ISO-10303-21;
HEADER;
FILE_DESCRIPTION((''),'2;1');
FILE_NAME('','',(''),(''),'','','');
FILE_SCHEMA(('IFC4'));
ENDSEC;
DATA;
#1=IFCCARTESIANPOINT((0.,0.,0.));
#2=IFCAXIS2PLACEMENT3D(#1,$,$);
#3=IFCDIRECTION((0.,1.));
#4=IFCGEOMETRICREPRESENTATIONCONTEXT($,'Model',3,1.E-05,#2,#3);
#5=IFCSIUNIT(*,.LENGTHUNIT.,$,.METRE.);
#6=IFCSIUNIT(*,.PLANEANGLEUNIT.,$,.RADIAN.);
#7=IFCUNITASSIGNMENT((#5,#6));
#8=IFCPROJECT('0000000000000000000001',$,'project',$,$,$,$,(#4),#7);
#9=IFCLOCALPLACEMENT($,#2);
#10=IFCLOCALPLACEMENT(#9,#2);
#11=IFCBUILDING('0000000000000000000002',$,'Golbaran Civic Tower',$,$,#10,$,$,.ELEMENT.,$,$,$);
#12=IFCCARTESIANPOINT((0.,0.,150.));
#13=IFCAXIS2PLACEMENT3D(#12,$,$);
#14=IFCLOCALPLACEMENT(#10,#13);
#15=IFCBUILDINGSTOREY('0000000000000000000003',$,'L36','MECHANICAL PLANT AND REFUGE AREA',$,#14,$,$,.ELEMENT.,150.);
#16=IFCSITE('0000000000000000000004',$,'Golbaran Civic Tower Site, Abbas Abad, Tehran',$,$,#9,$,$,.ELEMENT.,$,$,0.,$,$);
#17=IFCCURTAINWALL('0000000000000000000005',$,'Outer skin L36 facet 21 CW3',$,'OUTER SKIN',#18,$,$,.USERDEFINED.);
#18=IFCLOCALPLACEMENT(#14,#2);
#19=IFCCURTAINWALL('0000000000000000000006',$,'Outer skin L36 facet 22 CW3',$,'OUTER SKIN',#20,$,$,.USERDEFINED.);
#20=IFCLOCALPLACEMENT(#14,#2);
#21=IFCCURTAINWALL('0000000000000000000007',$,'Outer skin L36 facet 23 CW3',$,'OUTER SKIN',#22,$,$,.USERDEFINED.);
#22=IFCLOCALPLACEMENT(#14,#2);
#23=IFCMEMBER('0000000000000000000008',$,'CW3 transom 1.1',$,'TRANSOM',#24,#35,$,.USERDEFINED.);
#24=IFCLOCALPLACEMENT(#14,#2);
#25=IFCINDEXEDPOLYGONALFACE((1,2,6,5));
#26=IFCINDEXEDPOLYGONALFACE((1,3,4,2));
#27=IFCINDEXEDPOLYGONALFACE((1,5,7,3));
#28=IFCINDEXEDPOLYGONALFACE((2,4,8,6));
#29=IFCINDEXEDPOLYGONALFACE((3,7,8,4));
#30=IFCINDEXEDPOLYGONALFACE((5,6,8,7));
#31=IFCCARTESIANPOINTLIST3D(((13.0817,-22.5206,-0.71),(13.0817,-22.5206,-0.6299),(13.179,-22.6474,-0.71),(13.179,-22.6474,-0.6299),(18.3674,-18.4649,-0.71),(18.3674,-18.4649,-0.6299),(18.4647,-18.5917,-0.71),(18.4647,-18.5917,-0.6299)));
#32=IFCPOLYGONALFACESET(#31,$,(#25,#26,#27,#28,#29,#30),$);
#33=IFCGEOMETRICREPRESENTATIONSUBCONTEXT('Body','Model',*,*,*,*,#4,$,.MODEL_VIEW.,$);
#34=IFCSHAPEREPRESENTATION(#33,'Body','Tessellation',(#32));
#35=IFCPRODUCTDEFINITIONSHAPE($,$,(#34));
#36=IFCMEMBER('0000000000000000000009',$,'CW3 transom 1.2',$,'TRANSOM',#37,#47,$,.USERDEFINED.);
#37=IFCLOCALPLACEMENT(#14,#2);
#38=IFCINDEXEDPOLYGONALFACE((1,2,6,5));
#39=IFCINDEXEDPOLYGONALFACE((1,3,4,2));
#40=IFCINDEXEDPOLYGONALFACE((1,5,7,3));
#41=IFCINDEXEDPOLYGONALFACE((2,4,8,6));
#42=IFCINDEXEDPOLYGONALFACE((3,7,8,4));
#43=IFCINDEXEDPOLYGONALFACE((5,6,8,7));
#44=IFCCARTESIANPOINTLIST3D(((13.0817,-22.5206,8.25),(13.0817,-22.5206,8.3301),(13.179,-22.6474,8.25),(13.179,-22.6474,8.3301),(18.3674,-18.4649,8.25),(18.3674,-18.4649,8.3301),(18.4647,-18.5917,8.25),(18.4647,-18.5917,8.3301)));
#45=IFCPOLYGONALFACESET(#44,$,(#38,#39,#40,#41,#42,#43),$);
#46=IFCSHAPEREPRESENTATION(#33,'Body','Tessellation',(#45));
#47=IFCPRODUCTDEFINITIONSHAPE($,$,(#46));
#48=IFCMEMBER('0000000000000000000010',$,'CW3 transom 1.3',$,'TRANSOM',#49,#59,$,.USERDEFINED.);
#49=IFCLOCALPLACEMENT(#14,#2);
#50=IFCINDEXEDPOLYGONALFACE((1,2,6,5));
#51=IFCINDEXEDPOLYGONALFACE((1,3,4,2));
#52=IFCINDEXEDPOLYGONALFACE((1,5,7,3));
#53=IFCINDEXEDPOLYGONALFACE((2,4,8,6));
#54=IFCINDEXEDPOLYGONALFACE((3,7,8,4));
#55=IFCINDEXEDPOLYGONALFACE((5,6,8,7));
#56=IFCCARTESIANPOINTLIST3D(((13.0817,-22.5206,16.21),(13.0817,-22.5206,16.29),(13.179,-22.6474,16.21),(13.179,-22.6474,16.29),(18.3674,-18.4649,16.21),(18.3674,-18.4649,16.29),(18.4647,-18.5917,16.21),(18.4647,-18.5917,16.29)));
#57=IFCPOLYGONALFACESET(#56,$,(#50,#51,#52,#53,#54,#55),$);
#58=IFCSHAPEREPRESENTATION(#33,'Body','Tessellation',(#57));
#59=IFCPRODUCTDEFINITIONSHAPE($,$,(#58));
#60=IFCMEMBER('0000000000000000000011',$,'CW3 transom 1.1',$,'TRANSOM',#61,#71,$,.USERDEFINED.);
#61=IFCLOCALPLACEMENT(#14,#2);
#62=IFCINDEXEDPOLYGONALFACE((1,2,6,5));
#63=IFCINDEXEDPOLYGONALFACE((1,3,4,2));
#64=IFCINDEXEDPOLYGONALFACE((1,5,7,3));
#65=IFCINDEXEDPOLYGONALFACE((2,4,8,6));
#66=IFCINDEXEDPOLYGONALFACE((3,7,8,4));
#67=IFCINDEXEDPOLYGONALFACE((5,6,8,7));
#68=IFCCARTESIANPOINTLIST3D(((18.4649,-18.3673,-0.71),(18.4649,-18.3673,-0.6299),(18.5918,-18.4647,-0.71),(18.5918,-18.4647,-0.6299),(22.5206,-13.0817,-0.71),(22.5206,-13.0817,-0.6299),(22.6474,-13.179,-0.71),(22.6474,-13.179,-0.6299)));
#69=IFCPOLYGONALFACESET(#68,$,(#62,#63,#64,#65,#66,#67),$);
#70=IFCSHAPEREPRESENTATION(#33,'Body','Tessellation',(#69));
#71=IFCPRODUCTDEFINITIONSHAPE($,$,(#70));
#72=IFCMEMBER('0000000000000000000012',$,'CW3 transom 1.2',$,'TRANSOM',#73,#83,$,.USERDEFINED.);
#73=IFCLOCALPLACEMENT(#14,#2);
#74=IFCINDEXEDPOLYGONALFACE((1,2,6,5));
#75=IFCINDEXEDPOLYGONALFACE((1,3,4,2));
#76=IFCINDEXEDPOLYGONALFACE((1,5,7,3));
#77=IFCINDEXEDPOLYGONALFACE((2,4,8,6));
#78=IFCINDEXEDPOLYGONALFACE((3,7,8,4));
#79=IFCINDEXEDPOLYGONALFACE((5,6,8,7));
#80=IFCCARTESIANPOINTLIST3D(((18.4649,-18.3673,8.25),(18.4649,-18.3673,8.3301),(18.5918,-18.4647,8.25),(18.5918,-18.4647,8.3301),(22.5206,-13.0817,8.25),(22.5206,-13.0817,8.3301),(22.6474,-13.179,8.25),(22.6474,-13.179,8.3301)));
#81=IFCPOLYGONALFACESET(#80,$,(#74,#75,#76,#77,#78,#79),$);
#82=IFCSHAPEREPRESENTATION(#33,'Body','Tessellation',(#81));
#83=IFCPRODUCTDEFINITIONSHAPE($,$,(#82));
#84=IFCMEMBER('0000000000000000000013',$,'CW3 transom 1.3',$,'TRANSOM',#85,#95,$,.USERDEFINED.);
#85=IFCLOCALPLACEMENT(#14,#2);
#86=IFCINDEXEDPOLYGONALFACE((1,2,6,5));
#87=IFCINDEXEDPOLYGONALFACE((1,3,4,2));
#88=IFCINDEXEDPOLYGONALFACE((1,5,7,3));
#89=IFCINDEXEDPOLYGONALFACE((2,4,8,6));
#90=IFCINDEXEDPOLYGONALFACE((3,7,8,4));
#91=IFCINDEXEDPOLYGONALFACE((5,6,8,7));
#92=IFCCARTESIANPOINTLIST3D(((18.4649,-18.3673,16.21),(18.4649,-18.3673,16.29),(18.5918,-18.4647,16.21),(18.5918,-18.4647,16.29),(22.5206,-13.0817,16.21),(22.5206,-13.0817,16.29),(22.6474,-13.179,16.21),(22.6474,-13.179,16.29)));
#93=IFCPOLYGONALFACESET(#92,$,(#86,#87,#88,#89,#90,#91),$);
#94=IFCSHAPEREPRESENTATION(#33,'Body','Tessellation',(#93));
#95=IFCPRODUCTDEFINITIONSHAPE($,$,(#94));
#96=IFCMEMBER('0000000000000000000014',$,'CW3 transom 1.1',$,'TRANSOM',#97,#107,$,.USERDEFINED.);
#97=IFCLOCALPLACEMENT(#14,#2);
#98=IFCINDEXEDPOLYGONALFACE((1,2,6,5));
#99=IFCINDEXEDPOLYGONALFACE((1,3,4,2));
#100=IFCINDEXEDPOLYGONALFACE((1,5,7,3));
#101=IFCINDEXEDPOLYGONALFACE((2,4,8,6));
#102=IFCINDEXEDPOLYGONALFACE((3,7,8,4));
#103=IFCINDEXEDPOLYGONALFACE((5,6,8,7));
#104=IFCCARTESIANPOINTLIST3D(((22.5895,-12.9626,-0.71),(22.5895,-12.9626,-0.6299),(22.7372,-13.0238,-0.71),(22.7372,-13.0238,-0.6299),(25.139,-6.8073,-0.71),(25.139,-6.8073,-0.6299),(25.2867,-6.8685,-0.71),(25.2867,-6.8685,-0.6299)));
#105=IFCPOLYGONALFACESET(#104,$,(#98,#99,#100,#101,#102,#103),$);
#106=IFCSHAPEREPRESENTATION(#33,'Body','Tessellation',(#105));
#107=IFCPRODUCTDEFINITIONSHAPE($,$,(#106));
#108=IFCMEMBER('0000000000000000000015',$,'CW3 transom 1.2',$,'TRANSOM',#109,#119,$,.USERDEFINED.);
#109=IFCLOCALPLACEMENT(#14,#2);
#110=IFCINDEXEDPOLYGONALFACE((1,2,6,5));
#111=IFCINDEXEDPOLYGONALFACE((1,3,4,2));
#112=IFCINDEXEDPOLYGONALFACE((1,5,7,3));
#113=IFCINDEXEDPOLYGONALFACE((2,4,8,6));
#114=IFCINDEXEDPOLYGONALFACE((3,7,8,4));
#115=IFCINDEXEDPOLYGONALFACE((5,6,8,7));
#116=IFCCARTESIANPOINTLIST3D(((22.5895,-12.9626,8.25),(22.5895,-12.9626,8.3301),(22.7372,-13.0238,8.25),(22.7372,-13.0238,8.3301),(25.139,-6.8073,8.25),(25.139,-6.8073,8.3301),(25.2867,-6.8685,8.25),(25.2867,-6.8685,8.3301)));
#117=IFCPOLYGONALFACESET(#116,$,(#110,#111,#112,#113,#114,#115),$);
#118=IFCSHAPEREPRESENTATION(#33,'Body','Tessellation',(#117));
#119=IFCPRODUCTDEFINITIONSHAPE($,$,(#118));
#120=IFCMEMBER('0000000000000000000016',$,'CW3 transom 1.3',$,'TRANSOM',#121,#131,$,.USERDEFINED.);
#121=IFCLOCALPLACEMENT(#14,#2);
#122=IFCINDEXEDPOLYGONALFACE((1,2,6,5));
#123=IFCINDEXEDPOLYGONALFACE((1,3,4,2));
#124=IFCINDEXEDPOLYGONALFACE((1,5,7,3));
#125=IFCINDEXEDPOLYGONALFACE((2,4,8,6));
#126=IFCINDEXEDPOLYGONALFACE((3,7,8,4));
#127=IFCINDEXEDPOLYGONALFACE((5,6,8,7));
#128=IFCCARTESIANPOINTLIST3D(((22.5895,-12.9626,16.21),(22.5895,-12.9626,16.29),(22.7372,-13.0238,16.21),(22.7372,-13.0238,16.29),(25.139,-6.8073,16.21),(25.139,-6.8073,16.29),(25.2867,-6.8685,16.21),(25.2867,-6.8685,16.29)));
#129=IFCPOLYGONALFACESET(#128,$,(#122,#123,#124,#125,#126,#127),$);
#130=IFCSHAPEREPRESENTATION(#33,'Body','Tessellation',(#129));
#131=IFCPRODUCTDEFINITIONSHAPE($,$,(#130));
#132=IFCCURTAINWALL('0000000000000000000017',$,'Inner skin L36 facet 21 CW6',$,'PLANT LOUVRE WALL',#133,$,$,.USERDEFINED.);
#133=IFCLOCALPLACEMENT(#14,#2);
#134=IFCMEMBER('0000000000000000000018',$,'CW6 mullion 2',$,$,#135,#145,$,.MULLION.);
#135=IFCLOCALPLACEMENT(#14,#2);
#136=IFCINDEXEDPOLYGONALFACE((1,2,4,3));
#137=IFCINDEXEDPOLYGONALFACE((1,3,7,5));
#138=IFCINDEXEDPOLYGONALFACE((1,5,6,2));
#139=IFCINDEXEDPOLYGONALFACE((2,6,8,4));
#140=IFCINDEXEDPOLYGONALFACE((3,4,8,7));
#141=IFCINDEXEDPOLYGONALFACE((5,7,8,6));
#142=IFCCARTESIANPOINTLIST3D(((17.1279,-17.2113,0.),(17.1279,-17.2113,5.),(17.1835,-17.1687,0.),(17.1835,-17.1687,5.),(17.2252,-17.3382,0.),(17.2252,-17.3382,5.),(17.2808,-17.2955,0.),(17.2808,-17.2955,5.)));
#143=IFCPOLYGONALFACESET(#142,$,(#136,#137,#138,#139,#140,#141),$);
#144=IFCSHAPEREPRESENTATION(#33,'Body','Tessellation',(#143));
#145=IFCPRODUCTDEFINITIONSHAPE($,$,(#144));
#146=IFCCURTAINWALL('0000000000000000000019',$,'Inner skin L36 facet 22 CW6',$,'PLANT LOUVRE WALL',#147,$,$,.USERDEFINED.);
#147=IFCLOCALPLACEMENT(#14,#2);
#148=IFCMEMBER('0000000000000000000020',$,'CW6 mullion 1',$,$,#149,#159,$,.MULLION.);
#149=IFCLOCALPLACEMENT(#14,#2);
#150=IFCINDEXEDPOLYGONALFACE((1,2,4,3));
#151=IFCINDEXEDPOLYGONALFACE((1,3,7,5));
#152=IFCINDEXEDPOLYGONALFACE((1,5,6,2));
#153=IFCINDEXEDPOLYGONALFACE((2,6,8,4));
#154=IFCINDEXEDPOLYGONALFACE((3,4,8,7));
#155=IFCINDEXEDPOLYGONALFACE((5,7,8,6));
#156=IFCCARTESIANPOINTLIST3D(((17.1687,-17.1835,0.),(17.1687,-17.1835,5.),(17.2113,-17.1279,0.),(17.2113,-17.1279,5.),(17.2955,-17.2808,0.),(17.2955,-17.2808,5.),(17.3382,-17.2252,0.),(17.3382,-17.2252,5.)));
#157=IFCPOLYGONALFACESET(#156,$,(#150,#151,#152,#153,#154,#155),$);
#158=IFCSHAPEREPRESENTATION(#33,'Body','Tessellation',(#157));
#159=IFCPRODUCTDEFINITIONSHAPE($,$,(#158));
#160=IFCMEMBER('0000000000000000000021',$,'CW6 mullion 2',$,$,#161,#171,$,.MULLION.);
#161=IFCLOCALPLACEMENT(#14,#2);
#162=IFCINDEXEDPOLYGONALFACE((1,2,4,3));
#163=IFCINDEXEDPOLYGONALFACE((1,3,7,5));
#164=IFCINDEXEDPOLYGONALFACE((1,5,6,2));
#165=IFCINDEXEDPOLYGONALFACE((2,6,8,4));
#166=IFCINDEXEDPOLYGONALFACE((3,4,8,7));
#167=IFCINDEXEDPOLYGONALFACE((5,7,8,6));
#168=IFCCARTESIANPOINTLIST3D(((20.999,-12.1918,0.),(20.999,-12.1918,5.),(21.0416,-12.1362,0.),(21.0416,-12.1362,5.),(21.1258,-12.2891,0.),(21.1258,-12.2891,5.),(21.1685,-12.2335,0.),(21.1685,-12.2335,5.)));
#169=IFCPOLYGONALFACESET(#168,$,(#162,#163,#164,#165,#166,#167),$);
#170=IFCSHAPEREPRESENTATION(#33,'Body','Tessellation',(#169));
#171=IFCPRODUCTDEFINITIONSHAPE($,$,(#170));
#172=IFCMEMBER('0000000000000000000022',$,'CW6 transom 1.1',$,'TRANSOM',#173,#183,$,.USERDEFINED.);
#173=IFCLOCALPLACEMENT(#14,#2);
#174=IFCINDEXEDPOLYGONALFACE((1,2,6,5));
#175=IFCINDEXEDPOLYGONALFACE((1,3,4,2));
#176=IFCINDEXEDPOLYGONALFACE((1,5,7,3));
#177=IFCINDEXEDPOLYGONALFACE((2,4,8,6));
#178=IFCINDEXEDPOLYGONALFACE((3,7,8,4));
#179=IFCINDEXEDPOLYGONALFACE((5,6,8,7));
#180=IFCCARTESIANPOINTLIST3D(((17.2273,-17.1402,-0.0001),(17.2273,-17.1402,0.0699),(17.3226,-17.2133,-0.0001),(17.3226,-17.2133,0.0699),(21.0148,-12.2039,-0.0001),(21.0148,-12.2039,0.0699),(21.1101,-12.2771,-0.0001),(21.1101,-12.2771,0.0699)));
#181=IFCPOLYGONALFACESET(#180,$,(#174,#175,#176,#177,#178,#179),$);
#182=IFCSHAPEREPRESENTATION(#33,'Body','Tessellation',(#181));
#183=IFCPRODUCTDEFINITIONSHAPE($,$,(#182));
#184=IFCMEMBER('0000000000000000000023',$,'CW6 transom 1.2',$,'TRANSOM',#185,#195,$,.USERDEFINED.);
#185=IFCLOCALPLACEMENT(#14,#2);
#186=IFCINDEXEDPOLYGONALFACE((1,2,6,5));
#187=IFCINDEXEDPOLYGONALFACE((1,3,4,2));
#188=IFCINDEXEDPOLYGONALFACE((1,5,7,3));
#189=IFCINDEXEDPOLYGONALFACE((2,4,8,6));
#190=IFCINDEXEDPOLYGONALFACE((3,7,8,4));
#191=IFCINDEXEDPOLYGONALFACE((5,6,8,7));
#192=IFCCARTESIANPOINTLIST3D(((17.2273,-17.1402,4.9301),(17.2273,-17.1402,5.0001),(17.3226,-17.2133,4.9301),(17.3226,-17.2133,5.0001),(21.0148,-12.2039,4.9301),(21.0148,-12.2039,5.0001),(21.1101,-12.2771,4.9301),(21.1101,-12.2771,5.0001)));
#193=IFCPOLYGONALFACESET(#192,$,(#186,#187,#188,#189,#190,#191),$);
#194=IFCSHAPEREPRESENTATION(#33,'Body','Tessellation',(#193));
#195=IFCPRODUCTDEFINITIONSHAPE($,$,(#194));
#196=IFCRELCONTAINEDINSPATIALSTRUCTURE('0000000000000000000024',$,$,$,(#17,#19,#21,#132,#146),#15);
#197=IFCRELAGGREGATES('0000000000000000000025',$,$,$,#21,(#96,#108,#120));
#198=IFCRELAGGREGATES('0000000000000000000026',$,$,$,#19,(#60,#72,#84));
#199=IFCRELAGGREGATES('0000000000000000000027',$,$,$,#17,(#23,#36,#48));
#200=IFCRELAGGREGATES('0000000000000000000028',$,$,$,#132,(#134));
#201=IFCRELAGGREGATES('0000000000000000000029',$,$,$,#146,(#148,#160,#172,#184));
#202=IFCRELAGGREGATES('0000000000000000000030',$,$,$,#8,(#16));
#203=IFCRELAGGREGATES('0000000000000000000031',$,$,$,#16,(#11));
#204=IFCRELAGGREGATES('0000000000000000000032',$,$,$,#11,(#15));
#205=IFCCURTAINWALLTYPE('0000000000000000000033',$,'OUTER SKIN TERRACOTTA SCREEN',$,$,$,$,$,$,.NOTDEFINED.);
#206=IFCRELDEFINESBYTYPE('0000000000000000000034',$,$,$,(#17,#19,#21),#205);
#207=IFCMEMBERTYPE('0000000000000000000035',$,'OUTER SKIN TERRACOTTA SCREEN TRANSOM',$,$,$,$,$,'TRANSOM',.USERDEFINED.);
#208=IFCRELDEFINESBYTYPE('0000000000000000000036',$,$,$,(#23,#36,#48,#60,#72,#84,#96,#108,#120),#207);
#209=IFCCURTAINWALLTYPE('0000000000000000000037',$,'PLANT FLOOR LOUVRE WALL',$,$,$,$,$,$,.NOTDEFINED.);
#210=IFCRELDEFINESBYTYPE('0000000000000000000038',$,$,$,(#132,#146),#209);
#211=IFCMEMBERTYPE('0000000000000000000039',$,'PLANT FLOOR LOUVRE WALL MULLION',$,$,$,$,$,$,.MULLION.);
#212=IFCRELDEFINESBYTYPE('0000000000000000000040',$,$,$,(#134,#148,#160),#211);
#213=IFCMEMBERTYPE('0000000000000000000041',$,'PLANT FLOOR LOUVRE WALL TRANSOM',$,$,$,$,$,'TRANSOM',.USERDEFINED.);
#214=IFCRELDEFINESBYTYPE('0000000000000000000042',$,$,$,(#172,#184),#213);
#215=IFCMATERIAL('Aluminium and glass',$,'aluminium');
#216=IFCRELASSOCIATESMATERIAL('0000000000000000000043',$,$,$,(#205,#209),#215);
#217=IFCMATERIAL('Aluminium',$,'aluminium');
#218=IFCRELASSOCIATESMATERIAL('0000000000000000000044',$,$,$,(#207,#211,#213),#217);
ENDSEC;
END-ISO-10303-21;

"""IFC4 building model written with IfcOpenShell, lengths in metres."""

from ifc_helpers import new_model, si_unit, direction, frame, origin, origin_2d, place, context, subcontext, project, spatial, rectangle, extrude, material, material_profile, profile_set, type_object, element, aggregate, save


model = new_model("IFC4")

# Units and contexts
model_context = context("Model", 3, precision=1e-05, world=origin(), true_north=direction((0.0, 1.0)))
body_context = subcontext(model_context, "Body", "Model", "MODEL_VIEW")
ifc_project = project(units=[si_unit("LENGTHUNIT", "METRE"), si_unit("PLANEANGLEUNIT", "RADIAN")], contexts=[model_context])

# Site, building, storey
site_placement = place(None, origin())
site = spatial("IfcSite", under=ifc_project, at=site_placement, Name="Golbaran Civic Tower Site, Abbas Abad, Tehran", CompositionType="ELEMENT", RefElevation=0.0)
building_placement = place(site_placement, origin())
building = spatial("IfcBuilding", under=site, at=building_placement, Name="Golbaran Civic Tower", CompositionType="ELEMENT")
storey_placement = place(building_placement, frame((0.0, 0.0, 150.0)))
storey = spatial("IfcBuildingStorey", under=building, at=storey_placement, Name="L36", Description="MECHANICAL PLANT AND REFUGE AREA", CompositionType="ELEMENT", Elevation=150.0)

# Shared definitions
ifc_material_1 = material(Name="Aluminium and glass", Category="aluminium")
curtain_wall_type_1 = type_object("IfcCurtainWallType", Name="OUTER SKIN TERRACOTTA SCREEN", PredefinedType="NOTDEFINED", material=ifc_material_1)
ifc_material_2 = material(Name="Aluminium", Category="aluminium")

# Curtain walls
curtain_wall_1_placement = place(storey_placement, origin())
curtain_wall_1 = element("IfcCurtainWall", 1, at=curtain_wall_1_placement, inside=storey, type_object=curtain_wall_type_1, Name="Outer skin L36 facet 21 CW3", ObjectType="OUTER SKIN", PredefinedType="USERDEFINED")
curtain_wall_2_placement = place(storey_placement, origin())
curtain_wall_2 = element("IfcCurtainWall", 2, at=curtain_wall_2_placement, inside=storey, type_object=curtain_wall_type_1, Name="Outer skin L36 facet 22 CW3", ObjectType="OUTER SKIN", PredefinedType="USERDEFINED")

# Curtain wall
curtain_wall_3_placement = place(storey_placement, origin())
curtain_wall_3 = element("IfcCurtainWall", 3, at=curtain_wall_3_placement, inside=storey, type_object=curtain_wall_type_1, Name="Outer skin L36 facet 23 CW3", ObjectType="OUTER SKIN", PredefinedType="USERDEFINED")

# Members
ifc_material_profile_1 = material_profile(ifc_material_2, rectangle(XDim=0.1599, YDim=0.0801, at=origin_2d()), Name="OUTER SKIN TERRACOTTA SCREEN TRANSOM")
ifc_profile_set_1 = profile_set([ifc_material_profile_1], Name="Aluminium")
member_type_1 = type_object("IfcMemberType", Name="OUTER SKIN TERRACOTTA SCREEN TRANSOM", ElementType="TRANSOM", PredefinedType="USERDEFINED", material=ifc_profile_set_1)
member_1_placement = place(storey_placement, frame((13.1304, -22.584, -0.6699), z_axis=(0.793364, 0.608747, 0.0), x_axis=(-0.608747, 0.793364, 0.0)))
member_1 = element("IfcMember", 4, at=member_1_placement, type_object=member_type_1, Name="CW3 transom 1.1", ObjectType="TRANSOM", PredefinedType="USERDEFINED", context=body_context, shape_type="SweptSolid", body=[
    extrude(rectangle(XDim=0.1599, YDim=0.0801, at=origin_2d()), origin(), (0.0, 0.0, 1.0), 6.6624),
])
member_2_placement = place(storey_placement, frame((13.1304, -22.584, 8.29), z_axis=(0.793364, 0.608747, 0.0), x_axis=(-0.608747, 0.793364, 0.0)))
member_2 = element("IfcMember", 5, at=member_2_placement, type_object=member_type_1, Name="CW3 transom 1.2", ObjectType="TRANSOM", PredefinedType="USERDEFINED", context=body_context, shape_type="SweptSolid", body=[
    extrude(rectangle(XDim=0.1599, YDim=0.0801, at=origin_2d()), origin(), (0.0, 0.0, 1.0), 6.6624),
])
member_3_placement = place(storey_placement, frame((13.1304, -22.584, 16.25), z_axis=(0.793364, 0.608747, 0.0), x_axis=(-0.608747, 0.793364, 0.0)))
member_3 = element("IfcMember", 6, at=member_3_placement, type_object=member_type_1, Name="CW3 transom 1.3", ObjectType="TRANSOM", PredefinedType="USERDEFINED", context=body_context, shape_type="SweptSolid", body=[
    extrude(rectangle(XDim=0.1599, YDim=0.0801, at=origin_2d()), origin(), (0.0, 0.0, 1.0), 6.6624),
])
member_4_placement = place(storey_placement, frame((18.5283, -18.416, -0.6699), z_axis=(0.608747, 0.793364, 0.0), x_axis=(-0.793364, 0.608747, 0.0)))
member_4 = element("IfcMember", 7, at=member_4_placement, type_object=member_type_1, Name="CW3 transom 1.1", ObjectType="TRANSOM", PredefinedType="USERDEFINED", context=body_context, shape_type="SweptSolid", body=[
    extrude(rectangle(XDim=0.1599, YDim=0.0801, at=origin_2d()), origin(), (0.0, 0.0, 1.0), 6.6624),
])
member_5_placement = place(storey_placement, frame((18.5283, -18.416, 8.29), z_axis=(0.608747, 0.793364, 0.0), x_axis=(-0.793364, 0.608747, 0.0)))
member_5 = element("IfcMember", 8, at=member_5_placement, type_object=member_type_1, Name="CW3 transom 1.2", ObjectType="TRANSOM", PredefinedType="USERDEFINED", context=body_context, shape_type="SweptSolid", body=[
    extrude(rectangle(XDim=0.1599, YDim=0.0801, at=origin_2d()), origin(), (0.0, 0.0, 1.0), 6.6624),
])
member_6_placement = place(storey_placement, frame((18.5283, -18.416, 16.25), z_axis=(0.608747, 0.793364, 0.0), x_axis=(-0.793364, 0.608747, 0.0)))
member_6 = element("IfcMember", 9, at=member_6_placement, type_object=member_type_1, Name="CW3 transom 1.3", ObjectType="TRANSOM", PredefinedType="USERDEFINED", context=body_context, shape_type="SweptSolid", body=[
    extrude(rectangle(XDim=0.1599, YDim=0.0801, at=origin_2d()), origin(), (0.0, 0.0, 1.0), 6.6624),
])
member_7_placement = place(storey_placement, frame((22.6633, -12.9932, -0.6699), z_axis=(0.382679, 0.923882, 0.0), x_axis=(-0.923882, 0.382679, 0.0)))
member_7 = element("IfcMember", 10, at=member_7_placement, type_object=member_type_1, Name="CW3 transom 1.1", ObjectType="TRANSOM", PredefinedType="USERDEFINED", context=body_context, shape_type="SweptSolid", body=[
    extrude(rectangle(XDim=0.1599, YDim=0.0801, at=origin_2d()), origin(), (0.0, 0.0, 1.0), 6.6624),
])
member_8_placement = place(storey_placement, frame((22.6633, -12.9932, 8.29), z_axis=(0.382679, 0.923882, 0.0), x_axis=(-0.923882, 0.382679, 0.0)))
member_8 = element("IfcMember", 11, at=member_8_placement, type_object=member_type_1, Name="CW3 transom 1.2", ObjectType="TRANSOM", PredefinedType="USERDEFINED", context=body_context, shape_type="SweptSolid", body=[
    extrude(rectangle(XDim=0.1599, YDim=0.0801, at=origin_2d()), origin(), (0.0, 0.0, 1.0), 6.6624),
])
member_9_placement = place(storey_placement, frame((22.6633, -12.9932, 16.25), z_axis=(0.382679, 0.923882, 0.0), x_axis=(-0.923882, 0.382679, 0.0)))
member_9 = element("IfcMember", 12, at=member_9_placement, type_object=member_type_1, Name="CW3 transom 1.3", ObjectType="TRANSOM", PredefinedType="USERDEFINED", context=body_context, shape_type="SweptSolid", body=[
    extrude(rectangle(XDim=0.1599, YDim=0.0801, at=origin_2d()), origin(), (0.0, 0.0, 1.0), 6.6624),
])
aggregate(curtain_wall_3, [member_7, member_8, member_9])

# Curtain wall, member
curtain_wall_type_2 = type_object("IfcCurtainWallType", Name="PLANT FLOOR LOUVRE WALL", PredefinedType="NOTDEFINED", material=ifc_material_1)
curtain_wall_4_placement = place(storey_placement, origin())
curtain_wall_4 = element("IfcCurtainWall", 13, at=curtain_wall_4_placement, inside=storey, type_object=curtain_wall_type_2, Name="Inner skin L36 facet 21 CW6", ObjectType="PLANT LOUVRE WALL", PredefinedType="USERDEFINED")
ifc_material_profile_2 = material_profile(ifc_material_2, rectangle(XDim=0.1599, YDim=0.0701, at=origin_2d()), Name="PLANT FLOOR LOUVRE WALL MULLION")
ifc_profile_set_2 = profile_set([ifc_material_profile_2], Name="Aluminium")
member_type_2 = type_object("IfcMemberType", Name="PLANT FLOOR LOUVRE WALL MULLION", PredefinedType="MULLION", material=ifc_profile_set_2)
member_10_placement = place(storey_placement, frame((17.2043, -17.2534, 0.0), z_axis=(0.0, 0.0, 1.0), x_axis=(-0.608761, 0.793353, 0.0)))
member_10 = element("IfcMember", 14, at=member_10_placement, type_object=member_type_2, Name="CW6 mullion 2", PredefinedType="MULLION", context=body_context, shape_type="SweptSolid", body=[
    extrude(rectangle(XDim=0.1599, YDim=0.0701, at=origin_2d()), origin(), (0.0, 0.0, 1.0), 5.0),
])

# Curtain wall, members
curtain_wall_5_placement = place(storey_placement, origin())
curtain_wall_5 = element("IfcCurtainWall", 15, at=curtain_wall_5_placement, inside=storey, type_object=curtain_wall_type_2, Name="Inner skin L36 facet 22 CW6", ObjectType="PLANT LOUVRE WALL", PredefinedType="USERDEFINED")
member_11_placement = place(storey_placement, frame((17.2534, -17.2043, 0.0), z_axis=(0.0, 0.0, 1.0), x_axis=(-0.793353, 0.608761, 0.0)))
member_11 = element("IfcMember", 16, at=member_11_placement, type_object=member_type_2, Name="CW6 mullion 1", PredefinedType="MULLION", context=body_context, shape_type="SweptSolid", body=[
    extrude(rectangle(XDim=0.1599, YDim=0.0701, at=origin_2d()), origin(), (0.0, 0.0, 1.0), 5.0),
])
member_12_placement = place(storey_placement, frame((21.0837, -12.2126, 0.0), z_axis=(0.0, 0.0, 1.0), x_axis=(-0.793353, 0.608761, 0.0)))
member_12 = element("IfcMember", 17, at=member_12_placement, type_object=member_type_2, Name="CW6 mullion 2", PredefinedType="MULLION", context=body_context, shape_type="SweptSolid", body=[
    extrude(rectangle(XDim=0.1599, YDim=0.0701, at=origin_2d()), origin(), (0.0, 0.0, 1.0), 5.0),
])
ifc_material_profile_3 = material_profile(ifc_material_2, rectangle(XDim=0.1201, YDim=0.0701, at=origin_2d()), Name="PLANT FLOOR LOUVRE WALL TRANSOM")
ifc_profile_set_3 = profile_set([ifc_material_profile_3], Name="Aluminium")
member_type_3 = type_object("IfcMemberType", Name="PLANT FLOOR LOUVRE WALL TRANSOM", ElementType="TRANSOM", PredefinedType="USERDEFINED", material=ifc_profile_set_3)
member_13_placement = place(storey_placement, frame((17.2749, -17.1768, 0.0349), z_axis=(0.608747, 0.793364, 0.0), x_axis=(-0.793364, 0.608747, 0.0)))
member_13 = element("IfcMember", 18, at=member_13_placement, type_object=member_type_3, Name="CW6 transom 1.1", ObjectType="TRANSOM", PredefinedType="USERDEFINED", context=body_context, shape_type="SweptSolid", body=[
    extrude(rectangle(XDim=0.1201, YDim=0.0701, at=origin_2d()), origin(), (0.0, 0.0, 1.0), 6.2219),
])
member_14_placement = place(storey_placement, frame((17.2749, -17.1768, 4.9651), z_axis=(0.608747, 0.793364, 0.0), x_axis=(-0.793364, 0.608747, 0.0)))
member_14 = element("IfcMember", 19, at=member_14_placement, type_object=member_type_3, Name="CW6 transom 1.2", ObjectType="TRANSOM", PredefinedType="USERDEFINED", context=body_context, shape_type="SweptSolid", body=[
    extrude(rectangle(XDim=0.1201, YDim=0.0701, at=origin_2d()), origin(), (0.0, 0.0, 1.0), 6.2219),
])

aggregate(curtain_wall_2, [member_4, member_5, member_6])
aggregate(curtain_wall_1, [member_1, member_2, member_3])
aggregate(curtain_wall_4, [member_10])
aggregate(curtain_wall_5, [member_11, member_12, member_13, member_14])

save(model, "model.ifc")
